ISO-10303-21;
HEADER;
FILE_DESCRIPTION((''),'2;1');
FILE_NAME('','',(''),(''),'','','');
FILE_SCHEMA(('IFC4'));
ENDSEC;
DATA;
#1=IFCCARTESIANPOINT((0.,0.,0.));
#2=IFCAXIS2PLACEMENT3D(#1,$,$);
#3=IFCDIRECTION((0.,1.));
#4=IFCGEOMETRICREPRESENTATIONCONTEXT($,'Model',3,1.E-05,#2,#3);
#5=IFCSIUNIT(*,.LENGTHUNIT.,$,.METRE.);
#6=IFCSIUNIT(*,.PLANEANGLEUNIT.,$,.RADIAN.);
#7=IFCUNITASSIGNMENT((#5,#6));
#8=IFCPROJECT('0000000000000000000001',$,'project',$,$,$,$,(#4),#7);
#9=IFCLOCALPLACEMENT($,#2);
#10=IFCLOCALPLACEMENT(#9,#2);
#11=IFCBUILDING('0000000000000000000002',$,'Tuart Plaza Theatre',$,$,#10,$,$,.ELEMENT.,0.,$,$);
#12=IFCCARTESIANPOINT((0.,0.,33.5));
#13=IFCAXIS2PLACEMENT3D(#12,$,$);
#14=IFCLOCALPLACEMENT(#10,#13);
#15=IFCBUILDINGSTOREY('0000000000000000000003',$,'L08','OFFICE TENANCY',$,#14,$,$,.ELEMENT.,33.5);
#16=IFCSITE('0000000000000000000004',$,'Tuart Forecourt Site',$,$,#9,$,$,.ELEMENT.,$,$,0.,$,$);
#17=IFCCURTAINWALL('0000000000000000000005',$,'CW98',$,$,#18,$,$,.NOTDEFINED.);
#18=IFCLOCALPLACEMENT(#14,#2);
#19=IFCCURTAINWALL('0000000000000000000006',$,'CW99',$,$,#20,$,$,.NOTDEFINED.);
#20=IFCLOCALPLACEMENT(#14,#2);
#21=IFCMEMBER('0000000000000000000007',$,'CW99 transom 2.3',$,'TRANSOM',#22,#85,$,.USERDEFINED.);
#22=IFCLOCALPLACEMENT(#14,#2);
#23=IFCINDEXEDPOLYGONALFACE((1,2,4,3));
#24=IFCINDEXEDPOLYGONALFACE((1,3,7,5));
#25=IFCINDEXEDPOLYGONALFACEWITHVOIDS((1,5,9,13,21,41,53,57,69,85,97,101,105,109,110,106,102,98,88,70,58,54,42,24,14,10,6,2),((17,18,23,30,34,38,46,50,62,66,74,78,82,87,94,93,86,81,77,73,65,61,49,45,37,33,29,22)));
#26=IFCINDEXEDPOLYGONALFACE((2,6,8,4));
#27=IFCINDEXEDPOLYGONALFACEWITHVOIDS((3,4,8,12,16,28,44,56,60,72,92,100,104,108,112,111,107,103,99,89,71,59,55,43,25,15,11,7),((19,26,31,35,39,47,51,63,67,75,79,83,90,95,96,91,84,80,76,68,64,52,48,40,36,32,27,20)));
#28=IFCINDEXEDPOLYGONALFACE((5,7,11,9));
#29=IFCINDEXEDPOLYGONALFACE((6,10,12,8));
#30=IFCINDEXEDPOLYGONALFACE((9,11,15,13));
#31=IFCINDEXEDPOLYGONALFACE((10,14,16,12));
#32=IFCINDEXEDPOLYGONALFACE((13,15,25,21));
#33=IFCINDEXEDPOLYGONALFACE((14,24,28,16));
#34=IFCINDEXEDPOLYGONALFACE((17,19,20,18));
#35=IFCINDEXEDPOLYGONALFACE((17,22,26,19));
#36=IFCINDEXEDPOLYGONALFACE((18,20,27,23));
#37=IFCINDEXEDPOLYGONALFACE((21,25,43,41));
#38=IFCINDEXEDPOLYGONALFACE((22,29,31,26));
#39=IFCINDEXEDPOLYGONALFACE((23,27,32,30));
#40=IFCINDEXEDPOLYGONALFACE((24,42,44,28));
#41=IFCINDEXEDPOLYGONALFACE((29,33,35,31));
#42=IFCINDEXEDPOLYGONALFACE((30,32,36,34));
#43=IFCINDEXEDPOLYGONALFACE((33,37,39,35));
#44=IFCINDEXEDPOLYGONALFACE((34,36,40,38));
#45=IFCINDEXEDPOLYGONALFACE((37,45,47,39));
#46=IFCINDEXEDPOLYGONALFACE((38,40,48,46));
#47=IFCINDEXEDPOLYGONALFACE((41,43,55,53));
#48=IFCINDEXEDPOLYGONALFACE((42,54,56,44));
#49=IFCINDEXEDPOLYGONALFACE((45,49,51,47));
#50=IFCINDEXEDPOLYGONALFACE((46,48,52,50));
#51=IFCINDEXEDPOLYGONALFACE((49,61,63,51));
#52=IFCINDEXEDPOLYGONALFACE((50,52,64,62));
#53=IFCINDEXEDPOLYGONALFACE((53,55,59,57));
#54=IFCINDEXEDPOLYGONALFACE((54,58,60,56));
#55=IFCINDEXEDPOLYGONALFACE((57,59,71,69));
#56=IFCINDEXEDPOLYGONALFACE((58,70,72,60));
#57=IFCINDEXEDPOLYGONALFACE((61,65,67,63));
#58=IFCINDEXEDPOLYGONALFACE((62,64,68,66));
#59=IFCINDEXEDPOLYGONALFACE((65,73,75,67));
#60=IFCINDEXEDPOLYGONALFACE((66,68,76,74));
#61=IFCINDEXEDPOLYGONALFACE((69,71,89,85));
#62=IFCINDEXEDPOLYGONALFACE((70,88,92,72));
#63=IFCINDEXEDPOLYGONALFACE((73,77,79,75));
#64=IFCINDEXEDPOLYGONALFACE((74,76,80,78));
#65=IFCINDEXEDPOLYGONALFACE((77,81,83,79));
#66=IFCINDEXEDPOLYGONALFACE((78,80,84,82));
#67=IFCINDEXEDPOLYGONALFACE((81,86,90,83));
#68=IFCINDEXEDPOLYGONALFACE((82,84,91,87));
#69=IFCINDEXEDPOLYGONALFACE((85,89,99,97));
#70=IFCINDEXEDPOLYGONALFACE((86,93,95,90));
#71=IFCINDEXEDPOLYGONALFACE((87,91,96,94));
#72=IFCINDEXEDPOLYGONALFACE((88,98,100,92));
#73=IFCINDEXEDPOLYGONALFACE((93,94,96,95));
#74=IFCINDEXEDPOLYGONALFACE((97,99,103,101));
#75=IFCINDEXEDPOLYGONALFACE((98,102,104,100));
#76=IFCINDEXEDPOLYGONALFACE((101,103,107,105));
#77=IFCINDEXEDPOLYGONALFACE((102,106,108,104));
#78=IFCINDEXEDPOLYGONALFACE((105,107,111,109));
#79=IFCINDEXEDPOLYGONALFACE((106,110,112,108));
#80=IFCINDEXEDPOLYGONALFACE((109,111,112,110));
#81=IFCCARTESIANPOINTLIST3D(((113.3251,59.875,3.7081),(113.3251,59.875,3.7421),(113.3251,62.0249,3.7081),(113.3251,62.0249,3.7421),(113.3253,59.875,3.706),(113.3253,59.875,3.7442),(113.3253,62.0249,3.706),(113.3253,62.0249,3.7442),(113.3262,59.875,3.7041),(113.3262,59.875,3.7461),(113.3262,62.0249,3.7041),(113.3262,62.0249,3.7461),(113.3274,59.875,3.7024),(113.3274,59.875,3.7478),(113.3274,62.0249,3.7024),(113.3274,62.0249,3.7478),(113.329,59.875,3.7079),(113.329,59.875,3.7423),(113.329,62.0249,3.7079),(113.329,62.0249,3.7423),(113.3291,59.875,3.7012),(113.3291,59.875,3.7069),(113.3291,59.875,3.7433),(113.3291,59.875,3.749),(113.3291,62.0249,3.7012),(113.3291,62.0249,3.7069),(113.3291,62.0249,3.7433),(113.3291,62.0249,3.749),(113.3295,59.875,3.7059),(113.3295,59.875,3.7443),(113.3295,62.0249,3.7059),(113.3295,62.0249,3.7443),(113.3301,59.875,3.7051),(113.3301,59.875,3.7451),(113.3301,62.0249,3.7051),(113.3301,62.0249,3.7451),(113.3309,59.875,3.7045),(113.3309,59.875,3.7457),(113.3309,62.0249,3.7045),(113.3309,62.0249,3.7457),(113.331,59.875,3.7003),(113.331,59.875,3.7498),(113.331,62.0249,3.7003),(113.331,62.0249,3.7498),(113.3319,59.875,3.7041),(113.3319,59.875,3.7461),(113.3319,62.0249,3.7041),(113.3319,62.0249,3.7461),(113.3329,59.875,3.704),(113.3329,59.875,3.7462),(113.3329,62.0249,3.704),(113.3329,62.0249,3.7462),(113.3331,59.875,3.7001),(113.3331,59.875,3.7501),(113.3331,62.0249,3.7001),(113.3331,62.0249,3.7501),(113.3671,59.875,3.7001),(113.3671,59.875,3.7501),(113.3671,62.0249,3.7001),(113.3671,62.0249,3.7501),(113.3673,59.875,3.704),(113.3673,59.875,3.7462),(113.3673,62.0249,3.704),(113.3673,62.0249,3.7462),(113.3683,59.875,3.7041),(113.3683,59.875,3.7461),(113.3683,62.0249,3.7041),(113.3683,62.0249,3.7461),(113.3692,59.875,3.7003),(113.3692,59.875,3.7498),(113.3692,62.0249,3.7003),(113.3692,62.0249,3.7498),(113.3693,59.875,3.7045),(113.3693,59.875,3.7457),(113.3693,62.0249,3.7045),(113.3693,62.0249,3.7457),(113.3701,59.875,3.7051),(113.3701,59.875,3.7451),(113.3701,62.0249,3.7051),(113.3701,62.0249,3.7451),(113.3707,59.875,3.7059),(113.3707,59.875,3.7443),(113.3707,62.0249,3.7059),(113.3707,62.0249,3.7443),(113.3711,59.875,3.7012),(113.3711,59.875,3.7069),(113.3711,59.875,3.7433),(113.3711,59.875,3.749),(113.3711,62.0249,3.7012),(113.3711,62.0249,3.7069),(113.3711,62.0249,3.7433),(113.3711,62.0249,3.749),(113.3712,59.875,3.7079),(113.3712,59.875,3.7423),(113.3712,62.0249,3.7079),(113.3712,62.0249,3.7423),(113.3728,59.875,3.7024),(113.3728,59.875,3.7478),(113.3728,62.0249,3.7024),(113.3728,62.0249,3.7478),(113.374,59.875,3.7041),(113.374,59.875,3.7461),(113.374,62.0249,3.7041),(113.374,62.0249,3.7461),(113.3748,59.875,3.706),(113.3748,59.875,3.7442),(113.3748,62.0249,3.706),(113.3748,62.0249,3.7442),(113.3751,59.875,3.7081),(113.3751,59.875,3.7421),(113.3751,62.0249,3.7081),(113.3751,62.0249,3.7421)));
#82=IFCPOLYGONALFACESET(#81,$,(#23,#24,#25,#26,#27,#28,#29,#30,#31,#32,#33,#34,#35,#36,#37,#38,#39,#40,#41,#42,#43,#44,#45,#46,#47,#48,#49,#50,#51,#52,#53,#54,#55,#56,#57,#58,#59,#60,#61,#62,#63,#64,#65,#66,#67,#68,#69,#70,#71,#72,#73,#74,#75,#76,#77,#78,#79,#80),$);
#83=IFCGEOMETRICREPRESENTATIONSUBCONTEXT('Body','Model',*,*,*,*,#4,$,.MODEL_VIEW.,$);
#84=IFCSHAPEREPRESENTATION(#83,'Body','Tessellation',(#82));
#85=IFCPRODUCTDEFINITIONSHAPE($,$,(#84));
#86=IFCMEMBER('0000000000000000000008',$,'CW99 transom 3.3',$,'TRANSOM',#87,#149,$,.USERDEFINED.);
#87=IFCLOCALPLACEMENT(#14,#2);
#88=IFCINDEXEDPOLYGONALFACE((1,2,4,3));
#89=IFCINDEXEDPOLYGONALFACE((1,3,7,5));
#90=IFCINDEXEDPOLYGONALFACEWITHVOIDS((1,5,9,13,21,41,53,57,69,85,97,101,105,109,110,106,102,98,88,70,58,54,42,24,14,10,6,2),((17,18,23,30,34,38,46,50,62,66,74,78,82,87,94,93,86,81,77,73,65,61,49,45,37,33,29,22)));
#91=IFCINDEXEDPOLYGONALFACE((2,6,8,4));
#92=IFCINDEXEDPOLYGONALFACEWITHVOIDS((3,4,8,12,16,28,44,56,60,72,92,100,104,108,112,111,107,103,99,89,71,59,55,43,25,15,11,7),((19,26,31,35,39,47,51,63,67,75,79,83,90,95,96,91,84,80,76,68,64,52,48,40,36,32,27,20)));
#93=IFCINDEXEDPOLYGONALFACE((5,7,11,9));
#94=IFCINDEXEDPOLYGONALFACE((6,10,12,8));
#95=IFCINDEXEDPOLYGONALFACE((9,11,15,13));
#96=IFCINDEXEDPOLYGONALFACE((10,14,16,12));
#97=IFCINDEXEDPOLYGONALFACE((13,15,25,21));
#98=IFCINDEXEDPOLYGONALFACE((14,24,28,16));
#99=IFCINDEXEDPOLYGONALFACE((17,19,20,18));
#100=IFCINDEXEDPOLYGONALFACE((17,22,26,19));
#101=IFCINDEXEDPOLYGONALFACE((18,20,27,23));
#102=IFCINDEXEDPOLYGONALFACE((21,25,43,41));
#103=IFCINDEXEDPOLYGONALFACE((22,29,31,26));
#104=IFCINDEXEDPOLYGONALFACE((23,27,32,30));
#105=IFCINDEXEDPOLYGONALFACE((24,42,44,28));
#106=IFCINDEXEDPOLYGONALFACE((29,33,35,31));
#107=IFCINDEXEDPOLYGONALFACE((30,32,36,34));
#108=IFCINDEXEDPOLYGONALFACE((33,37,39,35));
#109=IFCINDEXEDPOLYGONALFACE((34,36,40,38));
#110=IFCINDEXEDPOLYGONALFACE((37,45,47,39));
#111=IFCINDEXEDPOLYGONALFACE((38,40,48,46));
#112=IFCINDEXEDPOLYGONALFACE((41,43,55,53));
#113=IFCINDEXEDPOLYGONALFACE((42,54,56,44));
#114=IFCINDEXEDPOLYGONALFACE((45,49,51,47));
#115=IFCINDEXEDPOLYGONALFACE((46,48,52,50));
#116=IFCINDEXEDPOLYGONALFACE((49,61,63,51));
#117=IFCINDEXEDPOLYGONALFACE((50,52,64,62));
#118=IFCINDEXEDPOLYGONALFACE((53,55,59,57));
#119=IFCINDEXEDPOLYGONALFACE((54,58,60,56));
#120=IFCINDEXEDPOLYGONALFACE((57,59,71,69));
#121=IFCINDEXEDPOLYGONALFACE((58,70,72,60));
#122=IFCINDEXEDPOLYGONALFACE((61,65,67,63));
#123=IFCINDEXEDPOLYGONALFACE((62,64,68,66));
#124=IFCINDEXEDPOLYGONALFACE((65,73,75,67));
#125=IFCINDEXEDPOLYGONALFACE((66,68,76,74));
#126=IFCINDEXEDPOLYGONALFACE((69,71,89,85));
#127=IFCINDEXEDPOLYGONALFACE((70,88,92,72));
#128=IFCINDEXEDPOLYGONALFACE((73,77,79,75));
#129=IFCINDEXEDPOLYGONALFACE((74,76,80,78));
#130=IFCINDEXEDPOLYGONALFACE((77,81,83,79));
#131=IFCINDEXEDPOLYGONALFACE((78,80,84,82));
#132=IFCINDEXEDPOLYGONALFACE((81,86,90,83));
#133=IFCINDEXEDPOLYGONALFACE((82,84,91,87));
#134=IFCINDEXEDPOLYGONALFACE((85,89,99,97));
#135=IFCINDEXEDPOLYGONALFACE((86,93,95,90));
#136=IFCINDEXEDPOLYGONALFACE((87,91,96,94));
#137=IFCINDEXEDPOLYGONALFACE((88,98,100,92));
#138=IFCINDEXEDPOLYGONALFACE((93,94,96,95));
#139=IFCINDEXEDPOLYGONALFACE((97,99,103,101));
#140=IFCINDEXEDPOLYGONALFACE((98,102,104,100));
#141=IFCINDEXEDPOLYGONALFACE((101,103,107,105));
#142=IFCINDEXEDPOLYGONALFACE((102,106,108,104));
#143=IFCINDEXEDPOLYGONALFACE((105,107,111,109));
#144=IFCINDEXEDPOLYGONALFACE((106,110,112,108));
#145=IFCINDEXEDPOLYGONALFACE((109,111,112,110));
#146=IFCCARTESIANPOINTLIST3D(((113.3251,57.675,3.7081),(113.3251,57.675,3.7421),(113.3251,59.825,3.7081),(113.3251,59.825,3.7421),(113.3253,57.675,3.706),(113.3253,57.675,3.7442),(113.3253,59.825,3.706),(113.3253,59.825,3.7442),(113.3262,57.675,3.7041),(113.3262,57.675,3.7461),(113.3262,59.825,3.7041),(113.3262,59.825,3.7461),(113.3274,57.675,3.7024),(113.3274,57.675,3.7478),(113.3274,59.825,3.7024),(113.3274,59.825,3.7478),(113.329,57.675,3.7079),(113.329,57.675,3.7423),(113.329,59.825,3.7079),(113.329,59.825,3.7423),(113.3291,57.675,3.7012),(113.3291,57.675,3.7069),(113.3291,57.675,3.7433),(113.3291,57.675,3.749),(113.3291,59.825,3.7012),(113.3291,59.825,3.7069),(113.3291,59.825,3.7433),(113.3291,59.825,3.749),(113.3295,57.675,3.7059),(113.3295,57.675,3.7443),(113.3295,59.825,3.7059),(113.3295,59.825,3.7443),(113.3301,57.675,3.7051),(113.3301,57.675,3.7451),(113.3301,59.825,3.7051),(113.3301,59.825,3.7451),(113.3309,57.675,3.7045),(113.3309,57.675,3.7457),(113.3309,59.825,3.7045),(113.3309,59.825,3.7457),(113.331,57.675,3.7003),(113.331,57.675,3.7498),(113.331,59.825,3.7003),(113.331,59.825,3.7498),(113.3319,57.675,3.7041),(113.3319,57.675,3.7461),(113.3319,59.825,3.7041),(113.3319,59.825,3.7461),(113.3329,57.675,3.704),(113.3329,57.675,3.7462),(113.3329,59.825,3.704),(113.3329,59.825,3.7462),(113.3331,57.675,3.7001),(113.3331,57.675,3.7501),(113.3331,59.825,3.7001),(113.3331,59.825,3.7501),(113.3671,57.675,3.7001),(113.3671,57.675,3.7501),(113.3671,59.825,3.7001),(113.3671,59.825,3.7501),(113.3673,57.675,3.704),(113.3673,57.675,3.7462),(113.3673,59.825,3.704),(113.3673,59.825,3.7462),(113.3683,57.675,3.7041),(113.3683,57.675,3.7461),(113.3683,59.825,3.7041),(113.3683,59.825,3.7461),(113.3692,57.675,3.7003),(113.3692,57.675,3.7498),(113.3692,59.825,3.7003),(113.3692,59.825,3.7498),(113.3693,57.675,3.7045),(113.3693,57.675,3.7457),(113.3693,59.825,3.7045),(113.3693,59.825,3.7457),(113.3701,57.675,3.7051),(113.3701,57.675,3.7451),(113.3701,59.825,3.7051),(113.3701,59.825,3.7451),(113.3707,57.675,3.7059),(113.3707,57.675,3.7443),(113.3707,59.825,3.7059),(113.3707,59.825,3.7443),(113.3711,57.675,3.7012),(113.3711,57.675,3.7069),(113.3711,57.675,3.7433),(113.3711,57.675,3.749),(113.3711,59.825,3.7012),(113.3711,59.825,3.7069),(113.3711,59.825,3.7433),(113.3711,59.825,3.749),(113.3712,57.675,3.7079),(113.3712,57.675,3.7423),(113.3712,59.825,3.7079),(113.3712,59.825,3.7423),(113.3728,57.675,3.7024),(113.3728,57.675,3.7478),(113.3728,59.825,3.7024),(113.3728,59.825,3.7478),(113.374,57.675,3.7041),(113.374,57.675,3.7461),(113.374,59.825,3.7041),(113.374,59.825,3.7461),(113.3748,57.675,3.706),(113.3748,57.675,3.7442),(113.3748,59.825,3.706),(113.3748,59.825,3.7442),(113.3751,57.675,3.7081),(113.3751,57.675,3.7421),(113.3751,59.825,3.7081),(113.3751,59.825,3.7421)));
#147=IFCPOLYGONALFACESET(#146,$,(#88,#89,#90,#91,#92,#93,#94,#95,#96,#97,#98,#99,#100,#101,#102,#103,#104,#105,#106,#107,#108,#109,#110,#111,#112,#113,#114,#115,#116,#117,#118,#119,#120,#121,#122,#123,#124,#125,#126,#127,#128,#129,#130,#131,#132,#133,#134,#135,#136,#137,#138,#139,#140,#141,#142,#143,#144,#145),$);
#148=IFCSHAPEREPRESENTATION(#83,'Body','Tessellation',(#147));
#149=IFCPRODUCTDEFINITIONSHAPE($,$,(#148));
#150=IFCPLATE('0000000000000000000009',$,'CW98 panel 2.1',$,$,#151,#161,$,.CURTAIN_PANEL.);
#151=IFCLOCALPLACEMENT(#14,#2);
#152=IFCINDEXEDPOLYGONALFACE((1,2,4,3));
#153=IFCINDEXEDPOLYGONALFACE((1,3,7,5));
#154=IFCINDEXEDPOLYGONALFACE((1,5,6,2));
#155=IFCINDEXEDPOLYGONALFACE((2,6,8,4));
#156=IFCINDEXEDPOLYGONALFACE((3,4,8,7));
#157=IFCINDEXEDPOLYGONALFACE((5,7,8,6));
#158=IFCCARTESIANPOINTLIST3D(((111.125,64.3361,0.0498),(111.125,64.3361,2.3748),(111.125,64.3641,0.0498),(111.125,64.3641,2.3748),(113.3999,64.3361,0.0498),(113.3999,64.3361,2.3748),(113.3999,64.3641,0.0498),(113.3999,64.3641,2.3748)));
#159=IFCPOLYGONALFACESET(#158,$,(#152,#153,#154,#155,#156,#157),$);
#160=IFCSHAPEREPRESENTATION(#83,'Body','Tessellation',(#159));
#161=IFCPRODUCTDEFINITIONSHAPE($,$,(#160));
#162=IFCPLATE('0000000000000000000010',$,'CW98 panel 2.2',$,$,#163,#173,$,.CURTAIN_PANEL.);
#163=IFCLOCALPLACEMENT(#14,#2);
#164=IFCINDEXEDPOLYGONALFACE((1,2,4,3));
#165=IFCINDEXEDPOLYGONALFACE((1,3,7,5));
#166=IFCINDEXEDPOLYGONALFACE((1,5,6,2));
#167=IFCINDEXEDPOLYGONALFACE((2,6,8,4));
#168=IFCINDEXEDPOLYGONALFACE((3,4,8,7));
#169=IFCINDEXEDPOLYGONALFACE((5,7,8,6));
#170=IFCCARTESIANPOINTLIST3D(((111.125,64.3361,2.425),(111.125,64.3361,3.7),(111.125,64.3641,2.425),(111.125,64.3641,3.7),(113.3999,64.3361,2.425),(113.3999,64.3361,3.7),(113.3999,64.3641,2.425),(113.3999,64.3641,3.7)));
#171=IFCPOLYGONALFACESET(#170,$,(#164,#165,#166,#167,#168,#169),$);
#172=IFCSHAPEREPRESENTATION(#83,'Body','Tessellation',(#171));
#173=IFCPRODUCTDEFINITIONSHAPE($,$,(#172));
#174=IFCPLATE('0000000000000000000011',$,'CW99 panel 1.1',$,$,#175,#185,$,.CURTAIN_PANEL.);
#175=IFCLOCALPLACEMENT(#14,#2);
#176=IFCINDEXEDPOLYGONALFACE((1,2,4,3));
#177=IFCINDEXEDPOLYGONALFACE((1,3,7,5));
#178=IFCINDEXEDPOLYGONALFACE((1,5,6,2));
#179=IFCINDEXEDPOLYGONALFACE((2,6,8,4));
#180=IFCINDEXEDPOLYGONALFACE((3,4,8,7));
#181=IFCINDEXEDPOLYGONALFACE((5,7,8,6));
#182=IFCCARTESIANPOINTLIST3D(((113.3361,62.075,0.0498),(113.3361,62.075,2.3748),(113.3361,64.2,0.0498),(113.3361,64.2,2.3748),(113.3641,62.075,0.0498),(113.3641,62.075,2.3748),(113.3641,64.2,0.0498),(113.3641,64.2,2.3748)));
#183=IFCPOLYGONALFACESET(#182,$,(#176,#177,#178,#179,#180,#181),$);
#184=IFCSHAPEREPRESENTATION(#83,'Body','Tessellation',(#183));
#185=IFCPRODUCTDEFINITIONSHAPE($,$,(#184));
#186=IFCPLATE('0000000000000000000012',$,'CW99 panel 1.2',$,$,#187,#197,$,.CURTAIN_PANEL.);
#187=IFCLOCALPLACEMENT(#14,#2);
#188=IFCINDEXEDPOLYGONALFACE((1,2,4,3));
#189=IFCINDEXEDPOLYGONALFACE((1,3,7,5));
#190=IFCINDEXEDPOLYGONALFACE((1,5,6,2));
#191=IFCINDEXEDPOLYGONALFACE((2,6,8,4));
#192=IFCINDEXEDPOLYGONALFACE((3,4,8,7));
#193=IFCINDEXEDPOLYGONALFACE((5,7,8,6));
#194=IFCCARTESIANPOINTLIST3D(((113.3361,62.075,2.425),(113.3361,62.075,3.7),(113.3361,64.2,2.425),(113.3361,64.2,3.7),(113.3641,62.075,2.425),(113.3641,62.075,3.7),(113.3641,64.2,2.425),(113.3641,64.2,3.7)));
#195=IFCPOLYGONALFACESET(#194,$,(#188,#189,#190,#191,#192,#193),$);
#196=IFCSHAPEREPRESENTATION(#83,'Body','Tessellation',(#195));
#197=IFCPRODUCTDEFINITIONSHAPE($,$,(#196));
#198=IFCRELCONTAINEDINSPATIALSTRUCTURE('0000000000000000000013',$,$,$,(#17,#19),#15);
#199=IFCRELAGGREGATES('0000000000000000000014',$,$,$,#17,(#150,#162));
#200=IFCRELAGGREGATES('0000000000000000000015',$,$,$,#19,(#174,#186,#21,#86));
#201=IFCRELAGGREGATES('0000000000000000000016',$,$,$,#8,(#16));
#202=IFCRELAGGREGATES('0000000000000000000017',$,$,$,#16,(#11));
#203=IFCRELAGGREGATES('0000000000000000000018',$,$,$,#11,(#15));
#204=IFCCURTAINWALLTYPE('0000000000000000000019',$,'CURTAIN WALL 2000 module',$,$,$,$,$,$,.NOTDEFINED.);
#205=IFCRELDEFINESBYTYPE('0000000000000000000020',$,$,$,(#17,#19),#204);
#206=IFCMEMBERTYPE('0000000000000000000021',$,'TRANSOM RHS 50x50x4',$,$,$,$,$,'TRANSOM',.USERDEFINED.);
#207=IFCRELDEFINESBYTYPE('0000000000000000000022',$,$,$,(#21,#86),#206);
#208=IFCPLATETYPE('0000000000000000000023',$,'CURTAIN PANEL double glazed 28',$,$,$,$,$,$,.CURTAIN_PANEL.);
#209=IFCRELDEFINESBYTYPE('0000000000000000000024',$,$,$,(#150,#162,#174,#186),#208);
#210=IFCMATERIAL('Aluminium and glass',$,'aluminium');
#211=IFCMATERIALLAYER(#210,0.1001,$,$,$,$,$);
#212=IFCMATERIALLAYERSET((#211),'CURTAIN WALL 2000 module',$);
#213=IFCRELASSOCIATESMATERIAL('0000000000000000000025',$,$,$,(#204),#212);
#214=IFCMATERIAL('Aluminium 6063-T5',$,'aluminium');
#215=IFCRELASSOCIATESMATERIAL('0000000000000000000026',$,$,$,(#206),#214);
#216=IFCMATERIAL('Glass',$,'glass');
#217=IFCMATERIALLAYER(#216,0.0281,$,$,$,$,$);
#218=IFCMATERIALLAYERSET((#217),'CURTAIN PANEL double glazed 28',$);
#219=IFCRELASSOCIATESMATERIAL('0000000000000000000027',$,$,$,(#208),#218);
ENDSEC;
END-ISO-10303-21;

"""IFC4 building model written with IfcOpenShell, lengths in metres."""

from ifc_helpers import new_model, si_unit, direction, frame, origin, origin_2d, place, context, subcontext, project, spatial, rectangle, hollow_rectangle, extrude, material, layer, layer_set, material_profile, profile_set, type_object, element, aggregate, save


model = new_model("IFC4")

# Units and contexts
model_context = context("Model", 3, precision=1e-05, world=origin(), true_north=direction((0.0, 1.0)))
body_context = subcontext(model_context, "Body", "Model", "MODEL_VIEW")
ifc_project = project(units=[si_unit("LENGTHUNIT", "METRE"), si_unit("PLANEANGLEUNIT", "RADIAN")], contexts=[model_context])

# Site, building, storey
site_placement = place(None, origin())
site = spatial("IfcSite", under=ifc_project, at=site_placement, Name="Tuart Forecourt Site", CompositionType="ELEMENT", RefElevation=0.0)
building_placement = place(site_placement, origin())
building = spatial("IfcBuilding", under=site, at=building_placement, Name="Tuart Plaza Theatre", CompositionType="ELEMENT", ElevationOfRefHeight=0.0)
storey_placement = place(building_placement, frame((0.0, 0.0, 33.5)))
storey = spatial("IfcBuildingStorey", under=building, at=storey_placement, Name="L08", Description="OFFICE TENANCY", CompositionType="ELEMENT", Elevation=33.5)

# Curtain wall
ifc_material_1 = material(Name="Aluminium and glass", Category="aluminium")
ifc_layer_1 = layer(ifc_material_1, 0.1001)
ifc_layer_set_1 = layer_set([ifc_layer_1], Name="CURTAIN WALL 2000 module")
curtain_wall_type = type_object("IfcCurtainWallType", Name="CURTAIN WALL 2000 module", PredefinedType="NOTDEFINED", material=ifc_layer_set_1)
curtain_wall_1_placement = place(storey_placement, origin())
curtain_wall_1 = element("IfcCurtainWall", 1, at=curtain_wall_1_placement, inside=storey, type_object=curtain_wall_type, Name="CW98", PredefinedType="NOTDEFINED")

# Curtain wall
curtain_wall_2_placement = place(storey_placement, origin())
curtain_wall_2 = element("IfcCurtainWall", 2, at=curtain_wall_2_placement, inside=storey, type_object=curtain_wall_type, Name="CW99", PredefinedType="NOTDEFINED")

# Members
ifc_material_2 = material(Name="Aluminium 6063-T5", Category="aluminium")
ifc_material_profile_1 = material_profile(ifc_material_2, hollow_rectangle(XDim=0.05, YDim=0.05, WallThickness=0.0039, InnerFilletRadius=0.0039, OuterFilletRadius=0.0081, at=origin_2d()), Name="RHS 50x50x4")
ifc_profile_set_1 = profile_set([ifc_material_profile_1], Name="Aluminium 6063-T5")
member_type_1 = type_object("IfcMemberType", Name="TRANSOM RHS 50x50x4", ElementType="TRANSOM", PredefinedType="USERDEFINED", material=ifc_profile_set_1)
member_1_placement = place(storey_placement, frame((113.3501, 62.0249, 3.7251), z_axis=(0.0, -1.0, 0.0), x_axis=(1.0, 0.0, 0.0)))
member_1 = element("IfcMember", 3, at=member_1_placement, type_object=member_type_1, Name="CW99 transom 2.3", ObjectType="TRANSOM", PredefinedType="USERDEFINED", context=body_context, shape_type="SweptSolid", body=[
    extrude(hollow_rectangle(XDim=0.05, YDim=0.05, WallThickness=0.0039, InnerFilletRadius=0.0039, OuterFilletRadius=0.0081, at=origin_2d()), origin(), (0.0, 0.0, 1.0), 2.1499),
])
member_2_placement = place(storey_placement, frame((113.3501, 59.825, 3.7251), z_axis=(0.0, -1.0, 0.0), x_axis=(1.0, 0.0, 0.0)))
member_2 = element("IfcMember", 4, at=member_2_placement, type_object=member_type_1, Name="CW99 transom 3.3", ObjectType="TRANSOM", PredefinedType="USERDEFINED", context=body_context, shape_type="SweptSolid", body=[
    extrude(hollow_rectangle(XDim=0.05, YDim=0.05, WallThickness=0.0039, InnerFilletRadius=0.0039, OuterFilletRadius=0.0081, at=origin_2d()), origin(), (0.0, 0.0, 1.0), 2.1499),
])

# Plates
ifc_material_3 = material(Name="Glass", Category="glass")
ifc_layer_2 = layer(ifc_material_3, 0.0281)
ifc_layer_set_2 = layer_set([ifc_layer_2], Name="CURTAIN PANEL double glazed 28")
plate_type = type_object("IfcPlateType", Name="CURTAIN PANEL double glazed 28", PredefinedType="CURTAIN_PANEL", material=ifc_layer_set_2)
plate_1_placement = place(storey_placement, frame((112.2625, 64.3501, 0.0498), z_axis=(0.0, 0.0, 1.0), x_axis=(1.0, 0.0, 0.0)))
plate_1 = element("IfcPlate", 5, at=plate_1_placement, type_object=plate_type, Name="CW98 panel 2.1", PredefinedType="CURTAIN_PANEL", context=body_context, shape_type="SweptSolid", body=[
    extrude(rectangle(XDim=2.2749, YDim=0.0281, at=origin_2d()), origin(), (0.0, 0.0, 1.0), 2.325),
])
plate_2_placement = place(storey_placement, frame((112.2625, 64.3501, 2.425), z_axis=(0.0, 0.0, 1.0), x_axis=(1.0, 0.0, 0.0)))
plate_2 = element("IfcPlate", 6, at=plate_2_placement, type_object=plate_type, Name="CW98 panel 2.2", PredefinedType="CURTAIN_PANEL", context=body_context, shape_type="SweptSolid", body=[
    extrude(rectangle(XDim=2.2749, YDim=0.0281, at=origin_2d()), origin(), (0.0, 0.0, 1.0), 1.2749),
])
aggregate(curtain_wall_1, [plate_1, plate_2])
plate_3_placement = place(storey_placement, frame((113.3501, 63.1375, 0.0498), z_axis=(0.0, 0.0, 1.0), x_axis=(0.0, -1.0, 0.0)))
plate_3 = element("IfcPlate", 7, at=plate_3_placement, type_object=plate_type, Name="CW99 panel 1.1", PredefinedType="CURTAIN_PANEL", context=body_context, shape_type="SweptSolid", body=[
    extrude(rectangle(XDim=2.125, YDim=0.0281, at=origin_2d()), origin(), (0.0, 0.0, 1.0), 2.325),
])
plate_4_placement = place(storey_placement, frame((113.3501, 63.1375, 2.425), z_axis=(0.0, 0.0, 1.0), x_axis=(0.0, -1.0, 0.0)))
plate_4 = element("IfcPlate", 8, at=plate_4_placement, type_object=plate_type, Name="CW99 panel 1.2", PredefinedType="CURTAIN_PANEL", context=body_context, shape_type="SweptSolid", body=[
    extrude(rectangle(XDim=2.125, YDim=0.0281, at=origin_2d()), origin(), (0.0, 0.0, 1.0), 1.2749),
])
aggregate(curtain_wall_2, [plate_3, plate_4, member_1, member_2])

save(model, "model.ifc")
